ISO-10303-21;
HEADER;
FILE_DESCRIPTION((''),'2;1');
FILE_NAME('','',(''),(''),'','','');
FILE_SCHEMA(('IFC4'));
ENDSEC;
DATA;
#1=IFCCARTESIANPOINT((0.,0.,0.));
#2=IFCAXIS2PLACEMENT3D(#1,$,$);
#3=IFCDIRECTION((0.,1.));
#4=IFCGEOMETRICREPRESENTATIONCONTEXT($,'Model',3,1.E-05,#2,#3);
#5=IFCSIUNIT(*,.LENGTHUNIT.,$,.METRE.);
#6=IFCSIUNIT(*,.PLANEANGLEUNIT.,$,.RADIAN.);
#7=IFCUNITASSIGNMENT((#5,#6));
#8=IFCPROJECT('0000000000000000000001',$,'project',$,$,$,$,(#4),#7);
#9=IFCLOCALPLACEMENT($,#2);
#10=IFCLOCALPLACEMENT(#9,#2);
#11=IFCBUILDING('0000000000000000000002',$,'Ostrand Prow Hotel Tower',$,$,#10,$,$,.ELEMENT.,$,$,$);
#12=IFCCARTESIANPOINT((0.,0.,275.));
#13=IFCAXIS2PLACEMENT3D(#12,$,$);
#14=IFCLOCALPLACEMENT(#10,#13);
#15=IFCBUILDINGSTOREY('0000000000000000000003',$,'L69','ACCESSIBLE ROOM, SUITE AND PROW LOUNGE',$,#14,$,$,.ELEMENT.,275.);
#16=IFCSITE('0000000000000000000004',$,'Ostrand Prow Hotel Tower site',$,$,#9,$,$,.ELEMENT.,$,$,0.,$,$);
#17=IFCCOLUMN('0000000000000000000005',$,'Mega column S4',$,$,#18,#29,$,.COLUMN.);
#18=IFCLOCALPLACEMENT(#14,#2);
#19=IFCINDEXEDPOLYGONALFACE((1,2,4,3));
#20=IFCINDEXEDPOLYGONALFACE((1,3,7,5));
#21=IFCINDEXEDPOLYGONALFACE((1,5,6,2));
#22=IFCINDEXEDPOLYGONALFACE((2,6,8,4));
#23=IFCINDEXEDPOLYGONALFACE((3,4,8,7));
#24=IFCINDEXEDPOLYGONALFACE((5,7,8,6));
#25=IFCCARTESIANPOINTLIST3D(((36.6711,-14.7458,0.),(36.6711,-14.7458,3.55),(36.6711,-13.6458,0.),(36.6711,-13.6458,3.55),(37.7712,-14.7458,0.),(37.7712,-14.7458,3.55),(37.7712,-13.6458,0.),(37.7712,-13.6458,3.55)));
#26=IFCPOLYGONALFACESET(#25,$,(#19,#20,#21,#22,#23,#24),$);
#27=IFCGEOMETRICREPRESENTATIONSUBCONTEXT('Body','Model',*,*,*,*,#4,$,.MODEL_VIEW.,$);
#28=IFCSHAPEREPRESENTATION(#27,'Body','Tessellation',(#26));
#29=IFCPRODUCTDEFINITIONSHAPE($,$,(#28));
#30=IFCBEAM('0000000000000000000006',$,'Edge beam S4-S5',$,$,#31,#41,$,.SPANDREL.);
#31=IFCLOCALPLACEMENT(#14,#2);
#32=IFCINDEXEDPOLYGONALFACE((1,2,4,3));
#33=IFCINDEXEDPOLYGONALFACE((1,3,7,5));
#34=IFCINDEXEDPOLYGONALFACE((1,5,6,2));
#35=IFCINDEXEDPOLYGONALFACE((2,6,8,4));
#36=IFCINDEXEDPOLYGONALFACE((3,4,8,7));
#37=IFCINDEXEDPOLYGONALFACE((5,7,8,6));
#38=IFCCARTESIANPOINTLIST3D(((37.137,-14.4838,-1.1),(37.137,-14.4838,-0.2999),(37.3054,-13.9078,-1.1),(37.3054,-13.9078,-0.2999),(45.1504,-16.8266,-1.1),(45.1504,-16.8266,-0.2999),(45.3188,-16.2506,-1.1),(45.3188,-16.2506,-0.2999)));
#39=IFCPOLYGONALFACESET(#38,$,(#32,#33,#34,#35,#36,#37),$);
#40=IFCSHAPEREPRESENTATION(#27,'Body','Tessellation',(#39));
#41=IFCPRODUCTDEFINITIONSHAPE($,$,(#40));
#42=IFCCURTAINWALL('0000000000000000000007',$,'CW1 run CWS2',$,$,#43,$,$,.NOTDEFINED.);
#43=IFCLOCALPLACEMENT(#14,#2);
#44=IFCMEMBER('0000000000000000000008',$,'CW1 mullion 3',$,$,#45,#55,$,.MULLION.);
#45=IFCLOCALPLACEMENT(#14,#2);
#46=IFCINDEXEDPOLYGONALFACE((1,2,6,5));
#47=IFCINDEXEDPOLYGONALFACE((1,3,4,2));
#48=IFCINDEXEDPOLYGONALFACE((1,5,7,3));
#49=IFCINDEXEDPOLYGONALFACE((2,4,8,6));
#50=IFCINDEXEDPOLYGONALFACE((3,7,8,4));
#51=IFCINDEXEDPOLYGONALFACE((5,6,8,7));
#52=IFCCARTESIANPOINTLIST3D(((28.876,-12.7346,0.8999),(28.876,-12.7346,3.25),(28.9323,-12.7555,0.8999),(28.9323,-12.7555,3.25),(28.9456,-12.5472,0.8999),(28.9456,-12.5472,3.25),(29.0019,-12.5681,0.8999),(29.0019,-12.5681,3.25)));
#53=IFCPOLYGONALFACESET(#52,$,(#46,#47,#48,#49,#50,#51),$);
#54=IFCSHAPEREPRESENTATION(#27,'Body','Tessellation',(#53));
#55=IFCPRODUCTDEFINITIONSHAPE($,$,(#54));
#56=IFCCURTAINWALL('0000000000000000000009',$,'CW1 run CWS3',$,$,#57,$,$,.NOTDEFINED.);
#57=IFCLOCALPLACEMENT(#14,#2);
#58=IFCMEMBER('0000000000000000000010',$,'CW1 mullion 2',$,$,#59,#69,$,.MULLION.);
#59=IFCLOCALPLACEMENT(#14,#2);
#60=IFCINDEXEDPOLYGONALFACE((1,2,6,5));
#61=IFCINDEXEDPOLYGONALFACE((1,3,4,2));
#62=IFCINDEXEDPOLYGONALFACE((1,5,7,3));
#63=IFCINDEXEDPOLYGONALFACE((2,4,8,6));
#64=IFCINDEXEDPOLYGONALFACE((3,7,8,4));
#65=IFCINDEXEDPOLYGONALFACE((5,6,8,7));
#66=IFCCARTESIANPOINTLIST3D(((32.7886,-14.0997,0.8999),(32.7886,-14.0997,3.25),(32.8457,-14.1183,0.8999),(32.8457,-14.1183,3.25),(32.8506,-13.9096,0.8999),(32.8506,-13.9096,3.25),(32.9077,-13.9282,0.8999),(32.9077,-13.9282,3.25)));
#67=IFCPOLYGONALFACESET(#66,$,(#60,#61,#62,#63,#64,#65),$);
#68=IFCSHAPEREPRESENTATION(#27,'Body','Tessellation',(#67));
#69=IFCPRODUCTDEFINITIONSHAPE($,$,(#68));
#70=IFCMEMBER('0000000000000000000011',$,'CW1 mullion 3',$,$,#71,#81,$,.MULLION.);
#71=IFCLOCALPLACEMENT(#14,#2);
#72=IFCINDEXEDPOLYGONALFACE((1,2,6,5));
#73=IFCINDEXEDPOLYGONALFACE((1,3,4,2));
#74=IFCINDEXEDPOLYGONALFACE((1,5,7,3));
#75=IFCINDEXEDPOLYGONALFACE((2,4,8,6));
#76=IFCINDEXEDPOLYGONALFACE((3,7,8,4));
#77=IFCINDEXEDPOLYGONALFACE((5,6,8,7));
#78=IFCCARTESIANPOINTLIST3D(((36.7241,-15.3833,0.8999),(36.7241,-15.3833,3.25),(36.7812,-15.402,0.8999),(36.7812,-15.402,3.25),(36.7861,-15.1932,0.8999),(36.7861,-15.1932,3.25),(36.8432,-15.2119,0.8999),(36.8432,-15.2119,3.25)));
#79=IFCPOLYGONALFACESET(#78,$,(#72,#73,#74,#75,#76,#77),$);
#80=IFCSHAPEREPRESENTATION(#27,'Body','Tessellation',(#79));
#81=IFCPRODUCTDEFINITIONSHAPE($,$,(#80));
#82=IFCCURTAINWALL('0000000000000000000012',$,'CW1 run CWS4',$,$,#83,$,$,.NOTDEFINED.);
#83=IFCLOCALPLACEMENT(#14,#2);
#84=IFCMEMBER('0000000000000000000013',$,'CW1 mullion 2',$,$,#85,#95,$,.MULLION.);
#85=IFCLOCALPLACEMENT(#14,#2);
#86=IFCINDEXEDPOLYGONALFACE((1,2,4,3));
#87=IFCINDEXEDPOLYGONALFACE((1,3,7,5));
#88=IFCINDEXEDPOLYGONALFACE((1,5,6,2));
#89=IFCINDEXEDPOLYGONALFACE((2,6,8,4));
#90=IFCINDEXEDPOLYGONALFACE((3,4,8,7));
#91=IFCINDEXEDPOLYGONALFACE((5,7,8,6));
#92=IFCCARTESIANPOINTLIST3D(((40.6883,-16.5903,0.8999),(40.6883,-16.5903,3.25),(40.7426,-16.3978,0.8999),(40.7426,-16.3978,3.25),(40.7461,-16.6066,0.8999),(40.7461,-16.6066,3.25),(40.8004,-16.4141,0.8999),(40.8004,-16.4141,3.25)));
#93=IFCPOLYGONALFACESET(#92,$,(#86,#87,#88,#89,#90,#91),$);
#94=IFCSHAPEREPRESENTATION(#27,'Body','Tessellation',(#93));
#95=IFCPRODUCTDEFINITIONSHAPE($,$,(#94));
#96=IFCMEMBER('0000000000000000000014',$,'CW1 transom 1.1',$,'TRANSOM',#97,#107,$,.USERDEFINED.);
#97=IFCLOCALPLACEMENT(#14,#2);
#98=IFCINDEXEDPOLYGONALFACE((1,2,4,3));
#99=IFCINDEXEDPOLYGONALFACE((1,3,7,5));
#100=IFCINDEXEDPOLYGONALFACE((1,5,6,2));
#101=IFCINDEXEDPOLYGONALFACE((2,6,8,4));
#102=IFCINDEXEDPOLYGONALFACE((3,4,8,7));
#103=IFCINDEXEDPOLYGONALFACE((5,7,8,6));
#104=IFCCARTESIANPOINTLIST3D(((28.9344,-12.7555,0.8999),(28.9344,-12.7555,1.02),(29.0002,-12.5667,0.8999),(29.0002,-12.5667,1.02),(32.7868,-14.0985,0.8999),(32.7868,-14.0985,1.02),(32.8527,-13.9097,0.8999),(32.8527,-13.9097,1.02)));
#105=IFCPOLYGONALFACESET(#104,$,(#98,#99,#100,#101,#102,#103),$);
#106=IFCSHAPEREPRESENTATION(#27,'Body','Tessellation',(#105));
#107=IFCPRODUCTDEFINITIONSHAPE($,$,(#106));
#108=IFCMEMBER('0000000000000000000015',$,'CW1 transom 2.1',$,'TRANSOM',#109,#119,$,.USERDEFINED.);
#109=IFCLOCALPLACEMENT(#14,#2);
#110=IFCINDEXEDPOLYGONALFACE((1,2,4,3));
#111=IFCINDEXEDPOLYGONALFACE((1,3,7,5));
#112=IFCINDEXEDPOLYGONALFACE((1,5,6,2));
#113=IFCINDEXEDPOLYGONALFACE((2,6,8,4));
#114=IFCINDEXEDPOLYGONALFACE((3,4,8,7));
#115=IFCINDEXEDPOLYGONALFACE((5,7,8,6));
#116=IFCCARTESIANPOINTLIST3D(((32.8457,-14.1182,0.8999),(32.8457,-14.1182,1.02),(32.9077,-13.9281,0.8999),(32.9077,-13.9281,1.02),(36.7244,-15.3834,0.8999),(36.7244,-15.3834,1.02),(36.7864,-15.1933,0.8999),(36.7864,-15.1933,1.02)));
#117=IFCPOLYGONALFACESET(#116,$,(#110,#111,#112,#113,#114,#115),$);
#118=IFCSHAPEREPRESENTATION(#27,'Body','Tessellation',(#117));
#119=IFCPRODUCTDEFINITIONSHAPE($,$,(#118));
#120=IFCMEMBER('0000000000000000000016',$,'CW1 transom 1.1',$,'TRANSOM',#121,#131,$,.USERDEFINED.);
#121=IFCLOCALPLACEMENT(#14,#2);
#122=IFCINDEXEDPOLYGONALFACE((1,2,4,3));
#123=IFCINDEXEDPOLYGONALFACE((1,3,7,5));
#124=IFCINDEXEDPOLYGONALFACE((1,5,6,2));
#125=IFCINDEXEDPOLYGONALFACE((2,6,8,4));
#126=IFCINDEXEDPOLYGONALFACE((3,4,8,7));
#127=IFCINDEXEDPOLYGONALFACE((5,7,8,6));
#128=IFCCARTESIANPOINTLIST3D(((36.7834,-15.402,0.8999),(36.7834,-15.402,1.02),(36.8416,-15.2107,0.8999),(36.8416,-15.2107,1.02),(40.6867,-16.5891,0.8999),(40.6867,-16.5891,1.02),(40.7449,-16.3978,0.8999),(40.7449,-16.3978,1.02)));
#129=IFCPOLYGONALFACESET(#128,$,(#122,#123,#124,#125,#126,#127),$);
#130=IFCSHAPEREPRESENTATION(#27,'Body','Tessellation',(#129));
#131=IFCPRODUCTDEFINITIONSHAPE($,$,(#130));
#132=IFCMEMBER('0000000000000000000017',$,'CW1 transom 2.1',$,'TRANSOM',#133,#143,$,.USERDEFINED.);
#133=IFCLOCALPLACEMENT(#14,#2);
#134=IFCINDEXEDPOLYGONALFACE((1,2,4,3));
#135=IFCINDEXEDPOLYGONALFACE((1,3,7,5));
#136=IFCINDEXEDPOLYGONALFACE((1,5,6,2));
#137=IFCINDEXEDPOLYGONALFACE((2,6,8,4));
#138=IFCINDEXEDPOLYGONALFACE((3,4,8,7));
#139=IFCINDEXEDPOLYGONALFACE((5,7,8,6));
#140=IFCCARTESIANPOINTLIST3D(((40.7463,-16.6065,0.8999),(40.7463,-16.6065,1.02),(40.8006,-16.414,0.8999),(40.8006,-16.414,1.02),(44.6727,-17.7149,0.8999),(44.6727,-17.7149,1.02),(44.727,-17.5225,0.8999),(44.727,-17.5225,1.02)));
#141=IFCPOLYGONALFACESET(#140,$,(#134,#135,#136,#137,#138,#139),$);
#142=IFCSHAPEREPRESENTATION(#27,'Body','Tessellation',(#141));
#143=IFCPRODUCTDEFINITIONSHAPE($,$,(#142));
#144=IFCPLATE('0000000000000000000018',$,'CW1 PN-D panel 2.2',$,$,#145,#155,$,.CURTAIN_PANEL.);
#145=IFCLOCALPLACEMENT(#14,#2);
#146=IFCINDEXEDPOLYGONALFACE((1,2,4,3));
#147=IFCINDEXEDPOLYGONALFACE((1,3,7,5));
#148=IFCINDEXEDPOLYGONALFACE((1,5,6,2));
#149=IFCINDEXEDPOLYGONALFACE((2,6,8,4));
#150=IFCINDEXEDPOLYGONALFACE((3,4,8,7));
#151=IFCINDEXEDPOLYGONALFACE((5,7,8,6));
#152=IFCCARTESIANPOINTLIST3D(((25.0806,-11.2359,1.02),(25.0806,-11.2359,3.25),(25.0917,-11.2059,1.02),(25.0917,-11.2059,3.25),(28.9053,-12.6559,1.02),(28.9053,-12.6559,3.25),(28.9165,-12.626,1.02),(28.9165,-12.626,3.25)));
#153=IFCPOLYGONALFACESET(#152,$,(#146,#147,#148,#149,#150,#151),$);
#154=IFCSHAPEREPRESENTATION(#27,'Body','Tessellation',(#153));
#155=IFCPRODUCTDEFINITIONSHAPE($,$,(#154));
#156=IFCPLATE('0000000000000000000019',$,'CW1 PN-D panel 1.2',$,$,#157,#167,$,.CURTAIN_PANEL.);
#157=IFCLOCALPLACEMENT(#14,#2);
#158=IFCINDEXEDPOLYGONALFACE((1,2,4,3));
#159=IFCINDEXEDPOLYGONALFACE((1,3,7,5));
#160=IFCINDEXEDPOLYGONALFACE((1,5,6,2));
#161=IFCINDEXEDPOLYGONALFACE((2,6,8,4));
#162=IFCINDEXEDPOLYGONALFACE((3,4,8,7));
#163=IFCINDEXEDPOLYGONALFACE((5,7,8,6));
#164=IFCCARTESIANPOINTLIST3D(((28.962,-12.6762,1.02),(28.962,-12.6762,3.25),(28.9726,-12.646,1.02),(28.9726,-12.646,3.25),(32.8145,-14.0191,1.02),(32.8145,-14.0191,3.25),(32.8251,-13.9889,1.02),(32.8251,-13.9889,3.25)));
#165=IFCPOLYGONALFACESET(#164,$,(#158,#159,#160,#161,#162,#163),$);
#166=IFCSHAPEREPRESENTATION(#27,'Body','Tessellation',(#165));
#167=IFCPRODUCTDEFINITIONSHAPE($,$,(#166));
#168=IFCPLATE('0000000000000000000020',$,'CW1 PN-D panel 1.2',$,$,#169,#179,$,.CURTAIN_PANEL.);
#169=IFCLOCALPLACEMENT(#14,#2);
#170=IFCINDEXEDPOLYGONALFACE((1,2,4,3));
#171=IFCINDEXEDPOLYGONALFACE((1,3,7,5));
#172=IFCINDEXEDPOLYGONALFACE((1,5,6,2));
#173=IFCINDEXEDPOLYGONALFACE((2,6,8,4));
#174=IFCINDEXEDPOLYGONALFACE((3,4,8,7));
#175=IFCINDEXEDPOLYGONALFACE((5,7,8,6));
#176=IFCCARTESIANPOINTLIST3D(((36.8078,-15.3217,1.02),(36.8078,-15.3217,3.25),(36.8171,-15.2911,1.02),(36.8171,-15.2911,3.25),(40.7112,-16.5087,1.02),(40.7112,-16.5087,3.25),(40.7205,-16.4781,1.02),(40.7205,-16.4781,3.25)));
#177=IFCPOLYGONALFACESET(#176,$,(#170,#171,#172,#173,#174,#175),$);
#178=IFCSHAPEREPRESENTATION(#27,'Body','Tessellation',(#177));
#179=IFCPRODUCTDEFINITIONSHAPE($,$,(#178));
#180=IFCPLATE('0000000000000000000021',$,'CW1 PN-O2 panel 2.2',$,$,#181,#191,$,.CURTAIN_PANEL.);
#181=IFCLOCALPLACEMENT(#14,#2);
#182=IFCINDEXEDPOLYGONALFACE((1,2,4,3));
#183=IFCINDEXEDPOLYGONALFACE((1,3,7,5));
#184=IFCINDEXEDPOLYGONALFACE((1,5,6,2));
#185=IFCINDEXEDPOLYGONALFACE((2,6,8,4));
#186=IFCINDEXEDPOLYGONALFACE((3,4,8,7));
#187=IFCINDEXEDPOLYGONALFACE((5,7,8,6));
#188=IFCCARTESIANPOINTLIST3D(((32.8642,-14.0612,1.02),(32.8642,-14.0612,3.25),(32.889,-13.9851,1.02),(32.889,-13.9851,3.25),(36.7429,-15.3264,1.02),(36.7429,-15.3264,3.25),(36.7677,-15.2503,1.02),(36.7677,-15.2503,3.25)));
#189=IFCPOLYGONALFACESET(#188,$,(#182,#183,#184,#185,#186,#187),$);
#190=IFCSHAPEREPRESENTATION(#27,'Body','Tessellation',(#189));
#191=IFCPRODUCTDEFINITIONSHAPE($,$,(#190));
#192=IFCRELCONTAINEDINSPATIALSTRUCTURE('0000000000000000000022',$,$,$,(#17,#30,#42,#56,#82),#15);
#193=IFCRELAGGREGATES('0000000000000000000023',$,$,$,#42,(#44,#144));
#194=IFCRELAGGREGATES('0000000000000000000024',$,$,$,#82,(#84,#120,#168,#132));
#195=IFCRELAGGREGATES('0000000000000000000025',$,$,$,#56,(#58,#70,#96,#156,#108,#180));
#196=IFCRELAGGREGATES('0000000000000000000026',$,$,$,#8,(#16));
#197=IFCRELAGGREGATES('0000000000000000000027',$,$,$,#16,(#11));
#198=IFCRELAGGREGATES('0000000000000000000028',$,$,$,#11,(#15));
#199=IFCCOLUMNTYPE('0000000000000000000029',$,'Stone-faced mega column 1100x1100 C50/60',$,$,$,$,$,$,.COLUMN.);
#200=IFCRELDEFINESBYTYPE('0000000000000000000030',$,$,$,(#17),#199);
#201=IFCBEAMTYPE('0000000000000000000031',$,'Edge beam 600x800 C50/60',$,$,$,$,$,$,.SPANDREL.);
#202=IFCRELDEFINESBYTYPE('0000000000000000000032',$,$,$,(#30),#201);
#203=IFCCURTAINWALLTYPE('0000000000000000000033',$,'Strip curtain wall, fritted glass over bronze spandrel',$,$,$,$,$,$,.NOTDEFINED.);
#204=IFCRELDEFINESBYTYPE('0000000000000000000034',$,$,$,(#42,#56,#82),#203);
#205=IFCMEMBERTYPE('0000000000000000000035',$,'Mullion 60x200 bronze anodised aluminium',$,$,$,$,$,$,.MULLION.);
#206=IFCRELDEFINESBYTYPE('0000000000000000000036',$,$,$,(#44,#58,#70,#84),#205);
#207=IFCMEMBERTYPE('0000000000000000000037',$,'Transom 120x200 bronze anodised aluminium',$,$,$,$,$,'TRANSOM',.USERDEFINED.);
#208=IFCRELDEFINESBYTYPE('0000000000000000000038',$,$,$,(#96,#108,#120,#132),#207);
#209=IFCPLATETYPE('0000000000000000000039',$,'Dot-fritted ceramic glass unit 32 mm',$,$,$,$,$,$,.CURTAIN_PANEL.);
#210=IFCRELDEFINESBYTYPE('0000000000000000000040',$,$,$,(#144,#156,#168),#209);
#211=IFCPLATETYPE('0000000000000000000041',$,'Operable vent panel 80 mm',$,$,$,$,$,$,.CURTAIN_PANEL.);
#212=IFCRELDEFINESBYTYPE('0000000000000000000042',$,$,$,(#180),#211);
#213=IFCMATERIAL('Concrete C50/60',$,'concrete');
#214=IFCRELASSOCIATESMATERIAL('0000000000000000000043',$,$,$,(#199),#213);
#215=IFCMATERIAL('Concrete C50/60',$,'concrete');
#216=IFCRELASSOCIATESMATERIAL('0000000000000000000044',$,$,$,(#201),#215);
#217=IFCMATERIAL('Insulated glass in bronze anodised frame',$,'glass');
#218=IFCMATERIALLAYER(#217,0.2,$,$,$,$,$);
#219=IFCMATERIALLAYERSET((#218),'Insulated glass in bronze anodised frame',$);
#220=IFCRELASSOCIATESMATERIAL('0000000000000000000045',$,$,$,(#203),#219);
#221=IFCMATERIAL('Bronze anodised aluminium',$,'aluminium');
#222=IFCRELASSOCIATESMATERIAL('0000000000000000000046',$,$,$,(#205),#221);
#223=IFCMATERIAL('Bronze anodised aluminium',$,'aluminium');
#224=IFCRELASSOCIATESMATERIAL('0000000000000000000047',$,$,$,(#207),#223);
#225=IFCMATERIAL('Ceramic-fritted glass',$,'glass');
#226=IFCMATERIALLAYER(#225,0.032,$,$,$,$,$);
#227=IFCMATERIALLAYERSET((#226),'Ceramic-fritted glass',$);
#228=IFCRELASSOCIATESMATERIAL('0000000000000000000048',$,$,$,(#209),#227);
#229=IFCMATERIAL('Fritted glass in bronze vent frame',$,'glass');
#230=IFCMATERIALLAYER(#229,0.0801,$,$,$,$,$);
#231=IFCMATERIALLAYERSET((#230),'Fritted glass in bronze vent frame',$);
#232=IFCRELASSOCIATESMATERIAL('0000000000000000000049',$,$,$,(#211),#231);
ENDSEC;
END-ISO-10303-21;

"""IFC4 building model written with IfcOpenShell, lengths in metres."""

from ifc_helpers import new_model, si_unit, direction, frame, origin, origin_2d, place, context, subcontext, project, spatial, rectangle, extrude, material, layer, layer_set, material_profile, profile_set, type_object, element, aggregate, save


model = new_model("IFC4")

# Units and contexts
model_context = context("Model", 3, precision=1e-05, world=origin(), true_north=direction((0.0, 1.0)))
body_context = subcontext(model_context, "Body", "Model", "MODEL_VIEW")
ifc_project = project(units=[si_unit("LENGTHUNIT", "METRE"), si_unit("PLANEANGLEUNIT", "RADIAN")], contexts=[model_context])

# Site, building, storey
site_placement = place(None, origin())
site = spatial("IfcSite", under=ifc_project, at=site_placement, Name="Ostrand Prow Hotel Tower site", CompositionType="ELEMENT", RefElevation=0.0)
building_placement = place(site_placement, origin())
building = spatial("IfcBuilding", under=site, at=building_placement, Name="Ostrand Prow Hotel Tower", CompositionType="ELEMENT")
storey_placement = place(building_placement, frame((0.0, 0.0, 275.0)))
storey = spatial("IfcBuildingStorey", under=building, at=storey_placement, Name="L69", Description="ACCESSIBLE ROOM, SUITE AND PROW LOUNGE", CompositionType="ELEMENT", Elevation=275.0)

# Column
ifc_material_1 = material(Name="Concrete C50/60", Category="concrete")
ifc_material_profile_1 = material_profile(ifc_material_1, rectangle(XDim=1.1001, YDim=1.1001, at=origin_2d()), Name="RC 1100x1100")
ifc_profile_set_1 = profile_set([ifc_material_profile_1], Name="Concrete C50/60")
column_type = type_object("IfcColumnType", Name="Stone-faced mega column 1100x1100 C50/60", PredefinedType="COLUMN", material=ifc_profile_set_1)
column_placement = place(storey_placement, frame((37.2212, -14.1958, 0.0), z_axis=(0.0, 0.0, 1.0), x_axis=(1.0, 0.0, 0.0)))
element("IfcColumn", 1, at=column_placement, inside=storey, type_object=column_type, Name="Mega column S4", PredefinedType="COLUMN", context=body_context, shape_type="SweptSolid", body=[
    extrude(rectangle(XDim=1.1001, YDim=1.1001, at=origin_2d()), origin(), (0.0, 0.0, 1.0), 3.55),
])

# Beam
ifc_material_2 = material(Name="Concrete C50/60", Category="concrete")
ifc_material_profile_2 = material_profile(ifc_material_2, rectangle(XDim=0.6001, YDim=0.8, at=origin_2d()), Name="RC 600x800")
ifc_profile_set_2 = profile_set([ifc_material_profile_2], Name="Concrete C50/60")
beam_type = type_object("IfcBeamType", Name="Edge beam 600x800 C50/60", PredefinedType="SPANDREL", material=ifc_profile_set_2)
beam_placement = place(storey_placement, frame((37.2212, -14.1958, -0.7), z_axis=(0.959822, -0.28061, 0.0), x_axis=(0.28061, 0.959822, 0.0)))
element("IfcBeam", 2, at=beam_placement, inside=storey, type_object=beam_type, Name="Edge beam S4-S5", PredefinedType="SPANDREL", context=body_context, shape_type="SweptSolid", body=[
    extrude(rectangle(XDim=0.6001, YDim=0.8, at=origin_2d()), origin(), (0.0, 0.0, 1.0), 8.3489),
])

# Curtain wall, member
ifc_material_3 = material(Name="Insulated glass in bronze anodised frame", Category="glass")
ifc_layer_1 = layer(ifc_material_3, 0.2)
ifc_layer_set_1 = layer_set([ifc_layer_1], Name="Insulated glass in bronze anodised frame")
curtain_wall_type = type_object("IfcCurtainWallType", Name="Strip curtain wall, fritted glass over bronze spandrel", PredefinedType="NOTDEFINED", material=ifc_layer_set_1)
curtain_wall_1_placement = place(storey_placement, origin())
curtain_wall_1 = element("IfcCurtainWall", 3, at=curtain_wall_1_placement, inside=storey, type_object=curtain_wall_type, Name="CW1 run CWS2", PredefinedType="NOTDEFINED")
ifc_material_4 = material(Name="Bronze anodised aluminium", Category="aluminium")
ifc_material_profile_3 = material_profile(ifc_material_4, rectangle(XDim=0.2, YDim=0.0601, at=origin_2d()), Name="Mullion 60x200 bronze anodised aluminium")
ifc_profile_set_3 = profile_set([ifc_material_profile_3], Name="Bronze anodised aluminium")
member_type_1 = type_object("IfcMemberType", Name="Mullion 60x200 bronze anodised aluminium", PredefinedType="MULLION", material=ifc_profile_set_3)
member_1_placement = place(storey_placement, frame((28.939, -12.6514, 0.8999), z_axis=(0.0, 0.0, 1.0), x_axis=(0.348071, 0.937468, 0.0)))
member_1 = element("IfcMember", 4, at=member_1_placement, type_object=member_type_1, Name="CW1 mullion 3", PredefinedType="MULLION", context=body_context, shape_type="SweptSolid", body=[
    extrude(rectangle(XDim=0.2, YDim=0.0601, at=origin_2d()), origin(), (0.0, 0.0, 1.0), 2.3501),
])

# Curtain wall, members
curtain_wall_2_placement = place(storey_placement, origin())
curtain_wall_2 = element("IfcCurtainWall", 5, at=curtain_wall_2_placement, inside=storey, type_object=curtain_wall_type, Name="CW1 run CWS3", PredefinedType="NOTDEFINED")
member_2_placement = place(storey_placement, frame((32.8481, -14.0139, 0.8999), z_axis=(0.0, 0.0, 1.0), x_axis=(0.310111, 0.9507, 0.0)))
member_2 = element("IfcMember", 6, at=member_2_placement, type_object=member_type_1, Name="CW1 mullion 2", PredefinedType="MULLION", context=body_context, shape_type="SweptSolid", body=[
    extrude(rectangle(XDim=0.2, YDim=0.0601, at=origin_2d()), origin(), (0.0, 0.0, 1.0), 2.3501),
])
member_3_placement = place(storey_placement, frame((36.7837, -15.2976, 0.8999), z_axis=(0.0, 0.0, 1.0), x_axis=(0.310111, 0.9507, 0.0)))
member_3 = element("IfcMember", 7, at=member_3_placement, type_object=member_type_1, Name="CW1 mullion 3", PredefinedType="MULLION", context=body_context, shape_type="SweptSolid", body=[
    extrude(rectangle(XDim=0.2, YDim=0.0601, at=origin_2d()), origin(), (0.0, 0.0, 1.0), 2.3501),
])

# Curtain wall, member
curtain_wall_3_placement = place(storey_placement, origin())
curtain_wall_3 = element("IfcCurtainWall", 8, at=curtain_wall_3_placement, inside=storey, type_object=curtain_wall_type, Name="CW1 run CWS4", PredefinedType="NOTDEFINED")
member_4_placement = place(storey_placement, frame((40.7444, -16.5022, 0.8999), z_axis=(0.0, 0.0, 1.0), x_axis=(0.271649, 0.962396, 0.0)))
member_4 = element("IfcMember", 9, at=member_4_placement, type_object=member_type_1, Name="CW1 mullion 2", PredefinedType="MULLION", context=body_context, shape_type="SweptSolid", body=[
    extrude(rectangle(XDim=0.2, YDim=0.0601, at=origin_2d()), origin(), (0.0, 0.0, 1.0), 2.3501),
])

# Members
ifc_material_5 = material(Name="Bronze anodised aluminium", Category="aluminium")
ifc_material_profile_4 = material_profile(ifc_material_5, rectangle(XDim=0.2, YDim=0.1201, at=origin_2d()), Name="Transom 120x200 bronze anodised aluminium")
ifc_profile_set_4 = profile_set([ifc_material_profile_4], Name="Bronze anodised aluminium")
member_type_2 = type_object("IfcMemberType", Name="Transom 120x200 bronze anodised aluminium", ElementType="TRANSOM", PredefinedType="USERDEFINED", material=ifc_profile_set_4)
member_5_placement = place(storey_placement, frame((28.9673, -12.6611, 0.96), z_axis=(0.944268, -0.329177, 0.0), x_axis=(0.329177, 0.944268, 0.0)))
member_5 = element("IfcMember", 10, at=member_5_placement, type_object=member_type_2, Name="CW1 transom 1.1", ObjectType="TRANSOM", PredefinedType="USERDEFINED", context=body_context, shape_type="SweptSolid", body=[
    extrude(rectangle(XDim=0.2, YDim=0.1201, at=origin_2d()), origin(), (0.0, 0.0, 1.0), 4.0798),
])
member_6_placement = place(storey_placement, frame((32.8767, -14.0232, 0.96), z_axis=(0.950704, -0.310099, 0.0), x_axis=(0.310099, 0.950704, 0.0)))
member_6 = element("IfcMember", 11, at=member_6_placement, type_object=member_type_2, Name="CW1 transom 2.1", ObjectType="TRANSOM", PredefinedType="USERDEFINED", context=body_context, shape_type="SweptSolid", body=[
    extrude(rectangle(XDim=0.2, YDim=0.1201, at=origin_2d()), origin(), (0.0, 0.0, 1.0), 4.0798),
])
member_7_placement = place(storey_placement, frame((36.8125, -15.3064, 0.96), z_axis=(0.956739, -0.290947, 0.0), x_axis=(0.290947, 0.956739, 0.0)))
member_7 = element("IfcMember", 12, at=member_7_placement, type_object=member_type_2, Name="CW1 transom 1.1", ObjectType="TRANSOM", PredefinedType="USERDEFINED", context=body_context, shape_type="SweptSolid", body=[
    extrude(rectangle(XDim=0.2, YDim=0.1201, at=origin_2d()), origin(), (0.0, 0.0, 1.0), 4.0798),
])
member_8_placement = place(storey_placement, frame((40.7734, -16.5103, 0.96), z_axis=(0.962386, -0.271685, 0.0), x_axis=(0.271685, 0.962386, 0.0)))
member_8 = element("IfcMember", 13, at=member_8_placement, type_object=member_type_2, Name="CW1 transom 2.1", ObjectType="TRANSOM", PredefinedType="USERDEFINED", context=body_context, shape_type="SweptSolid", body=[
    extrude(rectangle(XDim=0.2, YDim=0.1201, at=origin_2d()), origin(), (0.0, 0.0, 1.0), 4.0798),
])

# Plates
ifc_material_6 = material(Name="Ceramic-fritted glass", Category="glass")
ifc_layer_2 = layer(ifc_material_6, 0.032)
ifc_layer_set_2 = layer_set([ifc_layer_2], Name="Ceramic-fritted glass")
plate_type_1 = type_object("IfcPlateType", Name="Dot-fritted ceramic glass unit 32 mm", PredefinedType="CURTAIN_PANEL", material=ifc_layer_set_2)
plate_1_placement = place(storey_placement, frame((26.9985, -11.9309, 1.02), z_axis=(0.0, 0.0, 1.0), x_axis=(0.937468, -0.348071, 0.0)))
plate_1 = element("IfcPlate", 14, at=plate_1_placement, type_object=plate_type_1, Name="CW1 PN-D panel 2.2", PredefinedType="CURTAIN_PANEL", context=body_context, shape_type="SweptSolid", body=[
    extrude(rectangle(XDim=4.0798, YDim=0.032, at=origin_2d()), origin(), (0.0, 0.0, 1.0), 2.23),
])
aggregate(curtain_wall_1, [member_1, plate_1])
plate_2_placement = place(storey_placement, frame((30.8936, -13.3325, 1.02), z_axis=(0.0, 0.0, 1.0), x_axis=(0.944275, -0.329158, 0.0)))
plate_2 = element("IfcPlate", 15, at=plate_2_placement, type_object=plate_type_1, Name="CW1 PN-D panel 1.2", PredefinedType="CURTAIN_PANEL", context=body_context, shape_type="SweptSolid", body=[
    extrude(rectangle(XDim=4.0798, YDim=0.032, at=origin_2d()), origin(), (0.0, 0.0, 1.0), 2.23),
])
plate_3_placement = place(storey_placement, frame((38.7642, -15.8999, 1.02), z_axis=(0.0, 0.0, 1.0), x_axis=(0.956742, -0.290938, 0.0)))
plate_3 = element("IfcPlate", 16, at=plate_3_placement, type_object=plate_type_1, Name="CW1 PN-D panel 1.2", PredefinedType="CURTAIN_PANEL", context=body_context, shape_type="SweptSolid", body=[
    extrude(rectangle(XDim=4.0798, YDim=0.032, at=origin_2d()), origin(), (0.0, 0.0, 1.0), 2.23),
])
aggregate(curtain_wall_3, [member_4, member_7, plate_3, member_8])
ifc_material_7 = material(Name="Fritted glass in bronze vent frame", Category="glass")
ifc_layer_3 = layer(ifc_material_7, 0.0801)
ifc_layer_set_3 = layer_set([ifc_layer_3], Name="Fritted glass in bronze vent frame")
plate_type_2 = type_object("IfcPlateType", Name="Operable vent panel 80 mm", PredefinedType="CURTAIN_PANEL", material=ifc_layer_set_3)
plate_4_placement = place(storey_placement, frame((34.8159, -14.6558, 1.02), z_axis=(0.0, 0.0, 1.0), x_axis=(0.9507, -0.310111, 0.0)))
plate_4 = element("IfcPlate", 17, at=plate_4_placement, type_object=plate_type_2, Name="CW1 PN-O2 panel 2.2", PredefinedType="CURTAIN_PANEL", context=body_context, shape_type="SweptSolid", body=[
    extrude(rectangle(XDim=4.0798, YDim=0.0801, at=origin_2d()), origin(), (0.0, 0.0, 1.0), 2.23),
])
aggregate(curtain_wall_2, [member_2, member_3, member_5, plate_2, member_6, plate_4])

save(model, "model.ifc")
